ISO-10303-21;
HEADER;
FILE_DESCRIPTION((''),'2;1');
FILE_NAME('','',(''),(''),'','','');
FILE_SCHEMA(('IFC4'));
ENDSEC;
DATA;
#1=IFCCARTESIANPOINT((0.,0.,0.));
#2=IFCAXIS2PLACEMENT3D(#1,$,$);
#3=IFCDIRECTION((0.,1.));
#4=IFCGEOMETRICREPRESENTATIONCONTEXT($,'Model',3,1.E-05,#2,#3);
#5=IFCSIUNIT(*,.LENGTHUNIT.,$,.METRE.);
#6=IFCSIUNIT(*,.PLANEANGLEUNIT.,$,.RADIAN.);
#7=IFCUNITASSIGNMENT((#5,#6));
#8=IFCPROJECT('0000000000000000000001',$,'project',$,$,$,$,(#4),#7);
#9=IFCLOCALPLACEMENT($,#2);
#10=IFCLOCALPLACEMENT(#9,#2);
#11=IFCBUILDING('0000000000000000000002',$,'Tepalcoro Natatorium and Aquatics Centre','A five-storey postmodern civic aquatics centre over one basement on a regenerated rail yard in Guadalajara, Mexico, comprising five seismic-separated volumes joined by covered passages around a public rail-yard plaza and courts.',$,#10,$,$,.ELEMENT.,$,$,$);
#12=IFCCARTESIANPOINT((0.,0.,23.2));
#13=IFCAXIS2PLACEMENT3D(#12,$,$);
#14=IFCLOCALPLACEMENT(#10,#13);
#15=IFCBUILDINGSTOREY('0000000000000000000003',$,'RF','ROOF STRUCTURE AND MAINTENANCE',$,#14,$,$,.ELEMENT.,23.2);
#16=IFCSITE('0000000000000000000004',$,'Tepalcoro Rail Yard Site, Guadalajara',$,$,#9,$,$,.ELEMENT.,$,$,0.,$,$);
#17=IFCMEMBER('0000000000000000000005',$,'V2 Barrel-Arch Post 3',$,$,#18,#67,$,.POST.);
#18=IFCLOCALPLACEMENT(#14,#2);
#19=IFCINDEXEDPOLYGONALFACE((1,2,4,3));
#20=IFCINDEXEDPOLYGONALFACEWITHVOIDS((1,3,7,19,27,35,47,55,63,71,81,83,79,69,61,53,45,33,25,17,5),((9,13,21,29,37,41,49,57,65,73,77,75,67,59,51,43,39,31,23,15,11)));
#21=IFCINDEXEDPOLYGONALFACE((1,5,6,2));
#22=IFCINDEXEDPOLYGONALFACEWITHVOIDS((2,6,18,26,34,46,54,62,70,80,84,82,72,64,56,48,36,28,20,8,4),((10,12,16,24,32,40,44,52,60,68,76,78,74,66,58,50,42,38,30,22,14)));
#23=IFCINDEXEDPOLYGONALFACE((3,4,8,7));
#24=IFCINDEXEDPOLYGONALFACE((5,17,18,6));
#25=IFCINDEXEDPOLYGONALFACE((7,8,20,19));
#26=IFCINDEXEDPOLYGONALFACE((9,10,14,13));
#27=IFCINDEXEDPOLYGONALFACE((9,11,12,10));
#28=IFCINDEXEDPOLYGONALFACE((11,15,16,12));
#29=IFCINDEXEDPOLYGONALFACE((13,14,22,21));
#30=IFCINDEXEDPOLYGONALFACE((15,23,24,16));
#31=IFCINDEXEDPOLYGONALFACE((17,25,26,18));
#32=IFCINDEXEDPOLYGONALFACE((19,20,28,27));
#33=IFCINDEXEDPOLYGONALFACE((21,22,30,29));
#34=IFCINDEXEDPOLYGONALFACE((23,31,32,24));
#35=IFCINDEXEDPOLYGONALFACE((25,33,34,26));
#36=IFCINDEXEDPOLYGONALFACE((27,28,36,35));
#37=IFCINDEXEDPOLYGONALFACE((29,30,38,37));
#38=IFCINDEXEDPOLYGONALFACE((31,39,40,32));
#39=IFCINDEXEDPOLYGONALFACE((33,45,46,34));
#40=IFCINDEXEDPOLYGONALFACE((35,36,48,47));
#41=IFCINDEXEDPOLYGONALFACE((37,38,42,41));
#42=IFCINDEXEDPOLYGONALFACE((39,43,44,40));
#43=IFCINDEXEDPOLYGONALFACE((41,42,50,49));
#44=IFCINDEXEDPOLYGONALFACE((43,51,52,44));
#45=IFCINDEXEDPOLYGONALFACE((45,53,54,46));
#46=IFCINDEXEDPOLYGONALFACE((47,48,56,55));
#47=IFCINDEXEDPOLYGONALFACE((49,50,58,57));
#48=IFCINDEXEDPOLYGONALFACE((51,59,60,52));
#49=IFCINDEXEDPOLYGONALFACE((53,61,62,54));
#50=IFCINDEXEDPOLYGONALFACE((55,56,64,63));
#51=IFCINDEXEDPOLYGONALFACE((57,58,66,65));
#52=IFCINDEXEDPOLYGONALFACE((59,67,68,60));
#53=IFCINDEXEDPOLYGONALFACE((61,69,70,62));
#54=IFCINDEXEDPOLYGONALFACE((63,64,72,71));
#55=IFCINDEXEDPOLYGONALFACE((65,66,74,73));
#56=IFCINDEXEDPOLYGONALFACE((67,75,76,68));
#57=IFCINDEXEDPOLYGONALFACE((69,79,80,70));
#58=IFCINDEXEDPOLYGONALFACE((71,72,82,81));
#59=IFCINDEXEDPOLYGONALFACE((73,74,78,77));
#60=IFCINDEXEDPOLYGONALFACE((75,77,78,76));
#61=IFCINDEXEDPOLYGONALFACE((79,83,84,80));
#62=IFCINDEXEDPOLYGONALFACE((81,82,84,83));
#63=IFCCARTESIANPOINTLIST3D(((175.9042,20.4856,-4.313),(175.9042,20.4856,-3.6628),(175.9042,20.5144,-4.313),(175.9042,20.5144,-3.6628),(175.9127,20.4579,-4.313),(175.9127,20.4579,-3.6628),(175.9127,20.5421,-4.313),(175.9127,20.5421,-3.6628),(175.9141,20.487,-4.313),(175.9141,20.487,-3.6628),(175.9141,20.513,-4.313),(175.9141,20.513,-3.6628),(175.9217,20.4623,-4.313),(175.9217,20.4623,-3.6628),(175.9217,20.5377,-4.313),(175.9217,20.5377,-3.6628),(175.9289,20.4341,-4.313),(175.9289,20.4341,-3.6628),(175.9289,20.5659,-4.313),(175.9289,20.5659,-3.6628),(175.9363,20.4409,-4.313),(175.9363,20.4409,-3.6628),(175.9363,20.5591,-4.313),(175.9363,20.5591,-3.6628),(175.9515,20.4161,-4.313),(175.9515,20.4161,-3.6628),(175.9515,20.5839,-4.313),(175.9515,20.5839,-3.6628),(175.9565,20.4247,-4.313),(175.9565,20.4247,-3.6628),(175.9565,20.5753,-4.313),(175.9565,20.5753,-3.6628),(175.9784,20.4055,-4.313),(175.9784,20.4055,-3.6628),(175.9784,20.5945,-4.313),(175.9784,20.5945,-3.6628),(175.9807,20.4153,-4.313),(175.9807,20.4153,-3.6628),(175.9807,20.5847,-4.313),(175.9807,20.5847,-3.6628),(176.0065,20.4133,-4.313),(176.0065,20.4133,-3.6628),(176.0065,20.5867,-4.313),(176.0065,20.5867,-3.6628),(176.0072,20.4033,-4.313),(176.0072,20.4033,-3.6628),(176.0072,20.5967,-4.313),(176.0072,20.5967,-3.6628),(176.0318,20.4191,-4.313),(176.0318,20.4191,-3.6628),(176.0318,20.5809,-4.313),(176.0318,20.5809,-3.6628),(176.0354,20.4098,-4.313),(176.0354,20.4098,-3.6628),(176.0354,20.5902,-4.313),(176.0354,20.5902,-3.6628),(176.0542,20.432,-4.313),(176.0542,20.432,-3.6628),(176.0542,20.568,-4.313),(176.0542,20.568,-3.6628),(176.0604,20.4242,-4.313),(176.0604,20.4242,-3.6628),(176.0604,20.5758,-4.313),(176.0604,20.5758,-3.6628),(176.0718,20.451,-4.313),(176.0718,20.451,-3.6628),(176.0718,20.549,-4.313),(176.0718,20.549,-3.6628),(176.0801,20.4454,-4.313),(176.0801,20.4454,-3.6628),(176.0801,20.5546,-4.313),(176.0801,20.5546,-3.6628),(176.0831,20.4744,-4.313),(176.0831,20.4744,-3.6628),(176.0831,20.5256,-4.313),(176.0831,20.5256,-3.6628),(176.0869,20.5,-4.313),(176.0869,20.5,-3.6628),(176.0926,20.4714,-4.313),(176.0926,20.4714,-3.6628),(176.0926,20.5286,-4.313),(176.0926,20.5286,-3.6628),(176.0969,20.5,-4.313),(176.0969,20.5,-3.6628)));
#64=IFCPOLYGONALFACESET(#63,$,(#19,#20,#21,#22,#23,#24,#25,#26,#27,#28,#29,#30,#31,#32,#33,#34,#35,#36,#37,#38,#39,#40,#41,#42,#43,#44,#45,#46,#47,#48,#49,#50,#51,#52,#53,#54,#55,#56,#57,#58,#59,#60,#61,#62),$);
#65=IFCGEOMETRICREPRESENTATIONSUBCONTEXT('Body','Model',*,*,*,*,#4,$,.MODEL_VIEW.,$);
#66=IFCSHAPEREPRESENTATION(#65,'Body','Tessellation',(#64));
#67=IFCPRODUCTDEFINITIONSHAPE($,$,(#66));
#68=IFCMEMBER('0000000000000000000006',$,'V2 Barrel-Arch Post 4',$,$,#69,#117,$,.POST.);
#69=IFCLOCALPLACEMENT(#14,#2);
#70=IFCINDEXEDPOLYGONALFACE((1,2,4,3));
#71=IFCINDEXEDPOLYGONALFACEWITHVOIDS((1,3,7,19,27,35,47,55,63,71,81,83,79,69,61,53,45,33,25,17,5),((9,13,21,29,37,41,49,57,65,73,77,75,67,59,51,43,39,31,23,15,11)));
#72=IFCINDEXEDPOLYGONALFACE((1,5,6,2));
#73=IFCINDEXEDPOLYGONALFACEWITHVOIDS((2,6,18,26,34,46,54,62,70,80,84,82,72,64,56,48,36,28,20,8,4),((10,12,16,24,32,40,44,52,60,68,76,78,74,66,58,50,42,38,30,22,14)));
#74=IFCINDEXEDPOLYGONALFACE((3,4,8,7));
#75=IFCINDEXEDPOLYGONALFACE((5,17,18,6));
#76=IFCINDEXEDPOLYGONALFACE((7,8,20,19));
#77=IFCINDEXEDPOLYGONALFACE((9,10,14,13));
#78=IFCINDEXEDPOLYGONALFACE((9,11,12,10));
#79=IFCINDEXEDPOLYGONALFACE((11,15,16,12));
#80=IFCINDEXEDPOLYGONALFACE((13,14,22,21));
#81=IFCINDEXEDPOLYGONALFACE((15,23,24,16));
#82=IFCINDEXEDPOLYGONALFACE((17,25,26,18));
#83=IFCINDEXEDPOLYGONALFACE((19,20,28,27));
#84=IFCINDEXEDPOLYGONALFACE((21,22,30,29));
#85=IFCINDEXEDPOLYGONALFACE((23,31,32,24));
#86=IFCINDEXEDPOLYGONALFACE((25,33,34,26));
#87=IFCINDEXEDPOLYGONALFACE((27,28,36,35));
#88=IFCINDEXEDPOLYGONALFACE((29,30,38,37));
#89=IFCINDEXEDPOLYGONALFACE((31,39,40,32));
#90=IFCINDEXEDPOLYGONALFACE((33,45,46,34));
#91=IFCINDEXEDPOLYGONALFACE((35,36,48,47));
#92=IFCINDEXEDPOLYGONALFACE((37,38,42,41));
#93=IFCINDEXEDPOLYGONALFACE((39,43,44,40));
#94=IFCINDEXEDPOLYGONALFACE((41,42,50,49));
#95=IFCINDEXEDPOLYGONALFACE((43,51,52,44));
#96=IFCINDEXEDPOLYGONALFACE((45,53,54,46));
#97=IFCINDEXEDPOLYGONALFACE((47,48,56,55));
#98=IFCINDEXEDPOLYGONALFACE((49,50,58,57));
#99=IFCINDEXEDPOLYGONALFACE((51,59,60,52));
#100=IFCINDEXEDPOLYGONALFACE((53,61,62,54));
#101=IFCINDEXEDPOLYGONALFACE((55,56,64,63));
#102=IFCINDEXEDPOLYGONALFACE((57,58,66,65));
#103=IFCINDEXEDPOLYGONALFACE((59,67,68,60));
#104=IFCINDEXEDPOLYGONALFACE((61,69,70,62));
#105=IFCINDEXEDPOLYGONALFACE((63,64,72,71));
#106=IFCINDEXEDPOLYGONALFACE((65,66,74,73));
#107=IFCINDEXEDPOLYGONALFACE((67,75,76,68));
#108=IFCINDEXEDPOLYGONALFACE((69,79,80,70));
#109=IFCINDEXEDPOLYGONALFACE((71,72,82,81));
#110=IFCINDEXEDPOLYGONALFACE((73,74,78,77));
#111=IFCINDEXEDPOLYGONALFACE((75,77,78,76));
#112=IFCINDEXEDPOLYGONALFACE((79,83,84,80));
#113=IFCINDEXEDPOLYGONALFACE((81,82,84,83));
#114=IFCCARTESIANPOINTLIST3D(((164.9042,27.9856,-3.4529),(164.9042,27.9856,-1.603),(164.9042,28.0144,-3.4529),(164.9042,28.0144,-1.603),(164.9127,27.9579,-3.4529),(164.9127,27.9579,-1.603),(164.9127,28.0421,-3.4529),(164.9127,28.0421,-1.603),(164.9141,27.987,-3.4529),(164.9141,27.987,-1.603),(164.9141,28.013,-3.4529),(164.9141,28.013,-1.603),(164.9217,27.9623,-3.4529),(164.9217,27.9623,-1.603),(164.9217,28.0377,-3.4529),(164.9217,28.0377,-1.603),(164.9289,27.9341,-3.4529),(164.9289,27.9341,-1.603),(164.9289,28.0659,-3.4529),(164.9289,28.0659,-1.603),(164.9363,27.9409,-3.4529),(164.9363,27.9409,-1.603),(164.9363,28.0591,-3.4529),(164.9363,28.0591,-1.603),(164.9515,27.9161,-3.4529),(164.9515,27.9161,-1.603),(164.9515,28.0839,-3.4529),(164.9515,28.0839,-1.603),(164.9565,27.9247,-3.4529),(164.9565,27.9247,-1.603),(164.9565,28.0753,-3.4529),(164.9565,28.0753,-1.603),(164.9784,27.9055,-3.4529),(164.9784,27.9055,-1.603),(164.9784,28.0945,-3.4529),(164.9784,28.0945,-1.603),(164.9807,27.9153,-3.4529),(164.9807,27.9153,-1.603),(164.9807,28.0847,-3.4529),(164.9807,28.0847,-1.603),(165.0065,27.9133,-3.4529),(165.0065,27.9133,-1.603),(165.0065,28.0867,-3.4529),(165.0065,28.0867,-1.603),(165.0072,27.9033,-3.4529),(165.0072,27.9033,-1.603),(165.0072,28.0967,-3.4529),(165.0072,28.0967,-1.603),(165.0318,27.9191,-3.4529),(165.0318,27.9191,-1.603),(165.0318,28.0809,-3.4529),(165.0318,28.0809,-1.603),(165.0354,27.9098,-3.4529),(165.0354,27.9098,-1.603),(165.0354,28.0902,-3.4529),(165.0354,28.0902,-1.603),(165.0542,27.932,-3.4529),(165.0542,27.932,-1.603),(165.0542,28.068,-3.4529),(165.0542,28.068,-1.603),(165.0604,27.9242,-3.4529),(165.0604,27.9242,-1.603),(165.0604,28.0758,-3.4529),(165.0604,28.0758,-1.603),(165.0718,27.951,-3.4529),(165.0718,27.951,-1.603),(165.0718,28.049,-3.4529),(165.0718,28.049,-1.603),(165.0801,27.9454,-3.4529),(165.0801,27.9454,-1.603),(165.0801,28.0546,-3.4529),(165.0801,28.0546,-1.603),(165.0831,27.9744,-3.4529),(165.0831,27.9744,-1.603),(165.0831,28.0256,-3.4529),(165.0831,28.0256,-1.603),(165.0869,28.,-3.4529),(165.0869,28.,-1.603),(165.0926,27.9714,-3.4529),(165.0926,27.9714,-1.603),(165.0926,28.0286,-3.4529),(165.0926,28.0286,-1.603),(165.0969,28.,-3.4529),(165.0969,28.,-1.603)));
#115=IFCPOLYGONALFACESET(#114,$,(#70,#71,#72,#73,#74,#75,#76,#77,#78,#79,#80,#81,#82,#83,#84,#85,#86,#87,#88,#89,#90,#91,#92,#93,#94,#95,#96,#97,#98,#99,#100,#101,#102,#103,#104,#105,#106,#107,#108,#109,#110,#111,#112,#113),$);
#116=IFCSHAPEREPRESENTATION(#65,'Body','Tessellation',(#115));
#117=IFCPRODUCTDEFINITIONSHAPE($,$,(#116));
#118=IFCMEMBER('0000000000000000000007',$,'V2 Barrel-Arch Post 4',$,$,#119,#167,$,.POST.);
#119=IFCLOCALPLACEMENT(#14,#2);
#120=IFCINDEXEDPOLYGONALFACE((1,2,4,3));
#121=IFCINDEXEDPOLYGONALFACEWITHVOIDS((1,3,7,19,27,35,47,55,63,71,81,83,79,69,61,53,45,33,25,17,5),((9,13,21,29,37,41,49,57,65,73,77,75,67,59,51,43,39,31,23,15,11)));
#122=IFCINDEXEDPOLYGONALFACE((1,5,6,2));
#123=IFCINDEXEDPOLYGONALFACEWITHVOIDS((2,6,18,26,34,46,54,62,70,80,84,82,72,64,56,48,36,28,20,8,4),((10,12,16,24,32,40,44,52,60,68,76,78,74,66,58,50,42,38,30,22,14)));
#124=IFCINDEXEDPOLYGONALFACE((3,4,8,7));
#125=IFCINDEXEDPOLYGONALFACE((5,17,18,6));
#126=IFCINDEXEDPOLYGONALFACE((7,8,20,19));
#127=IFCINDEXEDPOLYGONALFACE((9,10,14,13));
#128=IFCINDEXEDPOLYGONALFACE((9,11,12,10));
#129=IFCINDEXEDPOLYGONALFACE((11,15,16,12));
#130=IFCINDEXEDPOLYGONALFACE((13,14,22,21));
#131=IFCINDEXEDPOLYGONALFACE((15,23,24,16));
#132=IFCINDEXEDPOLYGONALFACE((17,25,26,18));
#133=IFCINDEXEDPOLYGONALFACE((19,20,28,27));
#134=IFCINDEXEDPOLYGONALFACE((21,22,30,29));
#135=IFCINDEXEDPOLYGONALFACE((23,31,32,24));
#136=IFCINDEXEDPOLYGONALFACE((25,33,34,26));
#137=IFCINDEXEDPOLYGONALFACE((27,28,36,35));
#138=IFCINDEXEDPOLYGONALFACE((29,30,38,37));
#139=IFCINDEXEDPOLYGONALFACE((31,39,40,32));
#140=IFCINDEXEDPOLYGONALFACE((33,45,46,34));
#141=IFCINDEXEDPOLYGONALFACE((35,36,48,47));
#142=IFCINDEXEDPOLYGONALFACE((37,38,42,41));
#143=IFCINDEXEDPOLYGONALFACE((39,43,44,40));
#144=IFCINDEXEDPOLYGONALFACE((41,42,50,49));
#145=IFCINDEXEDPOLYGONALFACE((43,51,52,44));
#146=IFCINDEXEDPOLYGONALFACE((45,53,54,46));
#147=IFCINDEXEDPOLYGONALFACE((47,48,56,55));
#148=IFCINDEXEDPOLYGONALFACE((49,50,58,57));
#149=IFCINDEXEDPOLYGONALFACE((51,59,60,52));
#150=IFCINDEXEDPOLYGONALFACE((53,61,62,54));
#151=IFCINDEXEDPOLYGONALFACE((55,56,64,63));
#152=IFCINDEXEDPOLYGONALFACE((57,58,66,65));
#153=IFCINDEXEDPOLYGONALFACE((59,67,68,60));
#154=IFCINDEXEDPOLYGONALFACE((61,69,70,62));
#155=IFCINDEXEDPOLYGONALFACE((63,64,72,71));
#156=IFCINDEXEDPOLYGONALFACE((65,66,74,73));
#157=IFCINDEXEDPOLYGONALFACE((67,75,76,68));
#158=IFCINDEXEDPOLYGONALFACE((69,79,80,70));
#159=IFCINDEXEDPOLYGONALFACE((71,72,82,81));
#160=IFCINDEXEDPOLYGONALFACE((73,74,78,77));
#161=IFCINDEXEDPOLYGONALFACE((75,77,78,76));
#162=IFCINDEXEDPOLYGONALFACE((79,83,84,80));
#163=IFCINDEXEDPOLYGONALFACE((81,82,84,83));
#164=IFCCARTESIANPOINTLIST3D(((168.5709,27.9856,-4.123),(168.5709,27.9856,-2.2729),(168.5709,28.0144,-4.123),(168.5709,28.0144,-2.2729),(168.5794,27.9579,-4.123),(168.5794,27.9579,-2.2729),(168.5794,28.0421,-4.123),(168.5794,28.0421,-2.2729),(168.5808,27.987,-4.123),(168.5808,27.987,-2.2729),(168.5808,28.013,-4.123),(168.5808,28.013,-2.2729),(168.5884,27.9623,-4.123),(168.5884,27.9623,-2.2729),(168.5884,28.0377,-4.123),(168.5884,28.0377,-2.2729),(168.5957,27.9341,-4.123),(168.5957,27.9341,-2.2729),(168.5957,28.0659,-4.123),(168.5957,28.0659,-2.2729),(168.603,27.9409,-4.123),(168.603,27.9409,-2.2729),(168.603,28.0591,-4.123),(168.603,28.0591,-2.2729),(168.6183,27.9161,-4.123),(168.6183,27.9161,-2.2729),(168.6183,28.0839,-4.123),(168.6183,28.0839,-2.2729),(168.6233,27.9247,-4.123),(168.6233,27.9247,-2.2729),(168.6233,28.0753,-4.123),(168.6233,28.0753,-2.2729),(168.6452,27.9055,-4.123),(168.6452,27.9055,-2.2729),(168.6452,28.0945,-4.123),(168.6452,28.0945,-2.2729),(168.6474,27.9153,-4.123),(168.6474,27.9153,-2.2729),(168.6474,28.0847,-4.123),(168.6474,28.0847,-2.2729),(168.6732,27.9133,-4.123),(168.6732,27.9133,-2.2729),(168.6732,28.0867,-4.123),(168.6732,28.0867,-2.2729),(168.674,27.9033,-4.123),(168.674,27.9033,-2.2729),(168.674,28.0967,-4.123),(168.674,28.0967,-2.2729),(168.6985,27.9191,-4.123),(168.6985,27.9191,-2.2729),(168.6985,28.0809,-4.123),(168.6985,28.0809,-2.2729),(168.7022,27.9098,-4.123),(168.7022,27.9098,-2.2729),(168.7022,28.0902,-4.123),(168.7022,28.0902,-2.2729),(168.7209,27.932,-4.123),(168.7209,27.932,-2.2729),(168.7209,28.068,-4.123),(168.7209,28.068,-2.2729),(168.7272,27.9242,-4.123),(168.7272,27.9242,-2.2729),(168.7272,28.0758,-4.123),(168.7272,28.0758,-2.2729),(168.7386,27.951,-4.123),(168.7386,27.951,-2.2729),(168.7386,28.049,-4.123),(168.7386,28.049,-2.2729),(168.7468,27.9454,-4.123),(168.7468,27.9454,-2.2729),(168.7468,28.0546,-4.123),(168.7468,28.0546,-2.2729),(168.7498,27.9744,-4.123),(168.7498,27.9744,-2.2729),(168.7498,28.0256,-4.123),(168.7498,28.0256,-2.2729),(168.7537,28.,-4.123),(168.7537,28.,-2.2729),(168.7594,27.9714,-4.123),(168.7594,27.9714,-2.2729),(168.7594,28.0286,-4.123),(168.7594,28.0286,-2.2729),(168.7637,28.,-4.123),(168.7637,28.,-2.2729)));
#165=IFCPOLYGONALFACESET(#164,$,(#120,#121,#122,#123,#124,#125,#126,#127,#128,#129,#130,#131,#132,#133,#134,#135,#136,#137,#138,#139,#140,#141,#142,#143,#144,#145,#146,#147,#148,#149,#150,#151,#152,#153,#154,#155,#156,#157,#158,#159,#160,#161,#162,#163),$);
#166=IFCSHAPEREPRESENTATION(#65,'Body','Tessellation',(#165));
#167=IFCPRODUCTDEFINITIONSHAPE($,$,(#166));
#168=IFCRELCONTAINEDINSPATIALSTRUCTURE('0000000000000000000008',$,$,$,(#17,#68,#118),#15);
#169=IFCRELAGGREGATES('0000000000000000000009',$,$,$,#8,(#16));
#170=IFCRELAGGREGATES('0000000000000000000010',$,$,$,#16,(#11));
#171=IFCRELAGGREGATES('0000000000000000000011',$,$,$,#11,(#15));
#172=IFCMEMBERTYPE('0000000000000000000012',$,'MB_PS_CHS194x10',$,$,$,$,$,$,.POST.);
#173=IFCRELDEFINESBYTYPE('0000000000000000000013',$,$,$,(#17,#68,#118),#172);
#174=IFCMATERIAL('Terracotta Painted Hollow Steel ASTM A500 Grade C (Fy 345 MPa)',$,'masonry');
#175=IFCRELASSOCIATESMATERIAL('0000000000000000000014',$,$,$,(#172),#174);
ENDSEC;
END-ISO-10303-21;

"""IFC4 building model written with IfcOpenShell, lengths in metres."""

from ifc_helpers import new_model, si_unit, direction, frame, origin, origin_2d, place, context, subcontext, project, spatial, hollow_circle, extrude, material, material_profile, profile_set, type_object, element, save


model = new_model("IFC4")

# Units and contexts
model_context = context("Model", 3, precision=1e-05, world=origin(), true_north=direction((0.0, 1.0)))
body_context = subcontext(model_context, "Body", "Model", "MODEL_VIEW")
ifc_project = project(units=[si_unit("LENGTHUNIT", "METRE"), si_unit("PLANEANGLEUNIT", "RADIAN")], contexts=[model_context])

# Site, building, storey
site_placement = place(None, origin())
site = spatial("IfcSite", under=ifc_project, at=site_placement, Name="Tepalcoro Rail Yard Site, Guadalajara", CompositionType="ELEMENT", RefElevation=0.0)
building_placement = place(site_placement, origin())
building = spatial("IfcBuilding", under=site, at=building_placement, Name="Tepalcoro Natatorium and Aquatics Centre", Description="A five-storey postmodern civic aquatics centre over one basement on a regenerated rail yard in Guadalajara, Mexico, comprising five seismic-separated volumes joined by covered passages around a public rail-yard plaza and courts.", CompositionType="ELEMENT")
storey_placement = place(building_placement, frame((0.0, 0.0, 23.2)))
storey = spatial("IfcBuildingStorey", under=building, at=storey_placement, Name="RF", Description="ROOF STRUCTURE AND MAINTENANCE", CompositionType="ELEMENT", Elevation=23.2)

# Shared definitions
ifc_material_1 = material(Name="Terracotta Painted Hollow Steel ASTM A500 Grade C (Fy 345 MPa)", Category="masonry")

# Members
ifc_material_profile_1 = material_profile(ifc_material_1, hollow_circle(Radius=0.0969, WallThickness=0.01, at=origin_2d()), Name="CHS194X10")
ifc_profile_set_1 = profile_set([ifc_material_profile_1], Name="Terracotta Painted Hollow Steel ASTM A500 Grade C (Fy 345 MPa)")
member_type_1 = type_object("IfcMemberType", Name="MB_PS_CHS194x10", PredefinedType="POST", material=ifc_profile_set_1)
member_1_placement = place(storey_placement, frame((176.0, 20.5, -4.313), z_axis=(0.0, 0.0, 1.0), x_axis=(1.0, 0.0, 0.0)))
element("IfcMember", 1, at=member_1_placement, inside=storey, type_object=member_type_1, Name="V2 Barrel-Arch Post 3", PredefinedType="POST", context=body_context, shape_type="SweptSolid", body=[
    extrude(hollow_circle(Radius=0.0969, WallThickness=0.01, at=origin_2d()), origin(), (0.0, 0.0, 1.0), 0.6501),
])
member_2_placement = place(storey_placement, frame((165.0, 28.0, -3.4529), z_axis=(0.0, 0.0, 1.0), x_axis=(1.0, 0.0, 0.0)))
element("IfcMember", 2, at=member_2_placement, inside=storey, type_object=member_type_1, Name="V2 Barrel-Arch Post 4", PredefinedType="POST", context=body_context, shape_type="SweptSolid", body=[
    extrude(hollow_circle(Radius=0.0969, WallThickness=0.01, at=origin_2d()), origin(), (0.0, 0.0, 1.0), 1.8499),
])
for number, where, z_axis, x_axis, name in (
    (3, (168.6667, 28.0, -4.123), (0.0, 0.0, 1.0), (1.0, 0.0, 0.0), "V2 Barrel-Arch Post 4"),
):
    element("IfcMember", number, at=place(storey_placement, frame(where, z_axis=z_axis, x_axis=x_axis)), inside=storey, type_object=member_type_1, Name=name, PredefinedType="POST", context=body_context, shape_type="SweptSolid", body=[
        extrude(hollow_circle(Radius=0.0969, WallThickness=0.01, at=origin_2d()), origin(), (0.0, 0.0, 1.0), 1.8501),
    ])

save(model, "model.ifc")
